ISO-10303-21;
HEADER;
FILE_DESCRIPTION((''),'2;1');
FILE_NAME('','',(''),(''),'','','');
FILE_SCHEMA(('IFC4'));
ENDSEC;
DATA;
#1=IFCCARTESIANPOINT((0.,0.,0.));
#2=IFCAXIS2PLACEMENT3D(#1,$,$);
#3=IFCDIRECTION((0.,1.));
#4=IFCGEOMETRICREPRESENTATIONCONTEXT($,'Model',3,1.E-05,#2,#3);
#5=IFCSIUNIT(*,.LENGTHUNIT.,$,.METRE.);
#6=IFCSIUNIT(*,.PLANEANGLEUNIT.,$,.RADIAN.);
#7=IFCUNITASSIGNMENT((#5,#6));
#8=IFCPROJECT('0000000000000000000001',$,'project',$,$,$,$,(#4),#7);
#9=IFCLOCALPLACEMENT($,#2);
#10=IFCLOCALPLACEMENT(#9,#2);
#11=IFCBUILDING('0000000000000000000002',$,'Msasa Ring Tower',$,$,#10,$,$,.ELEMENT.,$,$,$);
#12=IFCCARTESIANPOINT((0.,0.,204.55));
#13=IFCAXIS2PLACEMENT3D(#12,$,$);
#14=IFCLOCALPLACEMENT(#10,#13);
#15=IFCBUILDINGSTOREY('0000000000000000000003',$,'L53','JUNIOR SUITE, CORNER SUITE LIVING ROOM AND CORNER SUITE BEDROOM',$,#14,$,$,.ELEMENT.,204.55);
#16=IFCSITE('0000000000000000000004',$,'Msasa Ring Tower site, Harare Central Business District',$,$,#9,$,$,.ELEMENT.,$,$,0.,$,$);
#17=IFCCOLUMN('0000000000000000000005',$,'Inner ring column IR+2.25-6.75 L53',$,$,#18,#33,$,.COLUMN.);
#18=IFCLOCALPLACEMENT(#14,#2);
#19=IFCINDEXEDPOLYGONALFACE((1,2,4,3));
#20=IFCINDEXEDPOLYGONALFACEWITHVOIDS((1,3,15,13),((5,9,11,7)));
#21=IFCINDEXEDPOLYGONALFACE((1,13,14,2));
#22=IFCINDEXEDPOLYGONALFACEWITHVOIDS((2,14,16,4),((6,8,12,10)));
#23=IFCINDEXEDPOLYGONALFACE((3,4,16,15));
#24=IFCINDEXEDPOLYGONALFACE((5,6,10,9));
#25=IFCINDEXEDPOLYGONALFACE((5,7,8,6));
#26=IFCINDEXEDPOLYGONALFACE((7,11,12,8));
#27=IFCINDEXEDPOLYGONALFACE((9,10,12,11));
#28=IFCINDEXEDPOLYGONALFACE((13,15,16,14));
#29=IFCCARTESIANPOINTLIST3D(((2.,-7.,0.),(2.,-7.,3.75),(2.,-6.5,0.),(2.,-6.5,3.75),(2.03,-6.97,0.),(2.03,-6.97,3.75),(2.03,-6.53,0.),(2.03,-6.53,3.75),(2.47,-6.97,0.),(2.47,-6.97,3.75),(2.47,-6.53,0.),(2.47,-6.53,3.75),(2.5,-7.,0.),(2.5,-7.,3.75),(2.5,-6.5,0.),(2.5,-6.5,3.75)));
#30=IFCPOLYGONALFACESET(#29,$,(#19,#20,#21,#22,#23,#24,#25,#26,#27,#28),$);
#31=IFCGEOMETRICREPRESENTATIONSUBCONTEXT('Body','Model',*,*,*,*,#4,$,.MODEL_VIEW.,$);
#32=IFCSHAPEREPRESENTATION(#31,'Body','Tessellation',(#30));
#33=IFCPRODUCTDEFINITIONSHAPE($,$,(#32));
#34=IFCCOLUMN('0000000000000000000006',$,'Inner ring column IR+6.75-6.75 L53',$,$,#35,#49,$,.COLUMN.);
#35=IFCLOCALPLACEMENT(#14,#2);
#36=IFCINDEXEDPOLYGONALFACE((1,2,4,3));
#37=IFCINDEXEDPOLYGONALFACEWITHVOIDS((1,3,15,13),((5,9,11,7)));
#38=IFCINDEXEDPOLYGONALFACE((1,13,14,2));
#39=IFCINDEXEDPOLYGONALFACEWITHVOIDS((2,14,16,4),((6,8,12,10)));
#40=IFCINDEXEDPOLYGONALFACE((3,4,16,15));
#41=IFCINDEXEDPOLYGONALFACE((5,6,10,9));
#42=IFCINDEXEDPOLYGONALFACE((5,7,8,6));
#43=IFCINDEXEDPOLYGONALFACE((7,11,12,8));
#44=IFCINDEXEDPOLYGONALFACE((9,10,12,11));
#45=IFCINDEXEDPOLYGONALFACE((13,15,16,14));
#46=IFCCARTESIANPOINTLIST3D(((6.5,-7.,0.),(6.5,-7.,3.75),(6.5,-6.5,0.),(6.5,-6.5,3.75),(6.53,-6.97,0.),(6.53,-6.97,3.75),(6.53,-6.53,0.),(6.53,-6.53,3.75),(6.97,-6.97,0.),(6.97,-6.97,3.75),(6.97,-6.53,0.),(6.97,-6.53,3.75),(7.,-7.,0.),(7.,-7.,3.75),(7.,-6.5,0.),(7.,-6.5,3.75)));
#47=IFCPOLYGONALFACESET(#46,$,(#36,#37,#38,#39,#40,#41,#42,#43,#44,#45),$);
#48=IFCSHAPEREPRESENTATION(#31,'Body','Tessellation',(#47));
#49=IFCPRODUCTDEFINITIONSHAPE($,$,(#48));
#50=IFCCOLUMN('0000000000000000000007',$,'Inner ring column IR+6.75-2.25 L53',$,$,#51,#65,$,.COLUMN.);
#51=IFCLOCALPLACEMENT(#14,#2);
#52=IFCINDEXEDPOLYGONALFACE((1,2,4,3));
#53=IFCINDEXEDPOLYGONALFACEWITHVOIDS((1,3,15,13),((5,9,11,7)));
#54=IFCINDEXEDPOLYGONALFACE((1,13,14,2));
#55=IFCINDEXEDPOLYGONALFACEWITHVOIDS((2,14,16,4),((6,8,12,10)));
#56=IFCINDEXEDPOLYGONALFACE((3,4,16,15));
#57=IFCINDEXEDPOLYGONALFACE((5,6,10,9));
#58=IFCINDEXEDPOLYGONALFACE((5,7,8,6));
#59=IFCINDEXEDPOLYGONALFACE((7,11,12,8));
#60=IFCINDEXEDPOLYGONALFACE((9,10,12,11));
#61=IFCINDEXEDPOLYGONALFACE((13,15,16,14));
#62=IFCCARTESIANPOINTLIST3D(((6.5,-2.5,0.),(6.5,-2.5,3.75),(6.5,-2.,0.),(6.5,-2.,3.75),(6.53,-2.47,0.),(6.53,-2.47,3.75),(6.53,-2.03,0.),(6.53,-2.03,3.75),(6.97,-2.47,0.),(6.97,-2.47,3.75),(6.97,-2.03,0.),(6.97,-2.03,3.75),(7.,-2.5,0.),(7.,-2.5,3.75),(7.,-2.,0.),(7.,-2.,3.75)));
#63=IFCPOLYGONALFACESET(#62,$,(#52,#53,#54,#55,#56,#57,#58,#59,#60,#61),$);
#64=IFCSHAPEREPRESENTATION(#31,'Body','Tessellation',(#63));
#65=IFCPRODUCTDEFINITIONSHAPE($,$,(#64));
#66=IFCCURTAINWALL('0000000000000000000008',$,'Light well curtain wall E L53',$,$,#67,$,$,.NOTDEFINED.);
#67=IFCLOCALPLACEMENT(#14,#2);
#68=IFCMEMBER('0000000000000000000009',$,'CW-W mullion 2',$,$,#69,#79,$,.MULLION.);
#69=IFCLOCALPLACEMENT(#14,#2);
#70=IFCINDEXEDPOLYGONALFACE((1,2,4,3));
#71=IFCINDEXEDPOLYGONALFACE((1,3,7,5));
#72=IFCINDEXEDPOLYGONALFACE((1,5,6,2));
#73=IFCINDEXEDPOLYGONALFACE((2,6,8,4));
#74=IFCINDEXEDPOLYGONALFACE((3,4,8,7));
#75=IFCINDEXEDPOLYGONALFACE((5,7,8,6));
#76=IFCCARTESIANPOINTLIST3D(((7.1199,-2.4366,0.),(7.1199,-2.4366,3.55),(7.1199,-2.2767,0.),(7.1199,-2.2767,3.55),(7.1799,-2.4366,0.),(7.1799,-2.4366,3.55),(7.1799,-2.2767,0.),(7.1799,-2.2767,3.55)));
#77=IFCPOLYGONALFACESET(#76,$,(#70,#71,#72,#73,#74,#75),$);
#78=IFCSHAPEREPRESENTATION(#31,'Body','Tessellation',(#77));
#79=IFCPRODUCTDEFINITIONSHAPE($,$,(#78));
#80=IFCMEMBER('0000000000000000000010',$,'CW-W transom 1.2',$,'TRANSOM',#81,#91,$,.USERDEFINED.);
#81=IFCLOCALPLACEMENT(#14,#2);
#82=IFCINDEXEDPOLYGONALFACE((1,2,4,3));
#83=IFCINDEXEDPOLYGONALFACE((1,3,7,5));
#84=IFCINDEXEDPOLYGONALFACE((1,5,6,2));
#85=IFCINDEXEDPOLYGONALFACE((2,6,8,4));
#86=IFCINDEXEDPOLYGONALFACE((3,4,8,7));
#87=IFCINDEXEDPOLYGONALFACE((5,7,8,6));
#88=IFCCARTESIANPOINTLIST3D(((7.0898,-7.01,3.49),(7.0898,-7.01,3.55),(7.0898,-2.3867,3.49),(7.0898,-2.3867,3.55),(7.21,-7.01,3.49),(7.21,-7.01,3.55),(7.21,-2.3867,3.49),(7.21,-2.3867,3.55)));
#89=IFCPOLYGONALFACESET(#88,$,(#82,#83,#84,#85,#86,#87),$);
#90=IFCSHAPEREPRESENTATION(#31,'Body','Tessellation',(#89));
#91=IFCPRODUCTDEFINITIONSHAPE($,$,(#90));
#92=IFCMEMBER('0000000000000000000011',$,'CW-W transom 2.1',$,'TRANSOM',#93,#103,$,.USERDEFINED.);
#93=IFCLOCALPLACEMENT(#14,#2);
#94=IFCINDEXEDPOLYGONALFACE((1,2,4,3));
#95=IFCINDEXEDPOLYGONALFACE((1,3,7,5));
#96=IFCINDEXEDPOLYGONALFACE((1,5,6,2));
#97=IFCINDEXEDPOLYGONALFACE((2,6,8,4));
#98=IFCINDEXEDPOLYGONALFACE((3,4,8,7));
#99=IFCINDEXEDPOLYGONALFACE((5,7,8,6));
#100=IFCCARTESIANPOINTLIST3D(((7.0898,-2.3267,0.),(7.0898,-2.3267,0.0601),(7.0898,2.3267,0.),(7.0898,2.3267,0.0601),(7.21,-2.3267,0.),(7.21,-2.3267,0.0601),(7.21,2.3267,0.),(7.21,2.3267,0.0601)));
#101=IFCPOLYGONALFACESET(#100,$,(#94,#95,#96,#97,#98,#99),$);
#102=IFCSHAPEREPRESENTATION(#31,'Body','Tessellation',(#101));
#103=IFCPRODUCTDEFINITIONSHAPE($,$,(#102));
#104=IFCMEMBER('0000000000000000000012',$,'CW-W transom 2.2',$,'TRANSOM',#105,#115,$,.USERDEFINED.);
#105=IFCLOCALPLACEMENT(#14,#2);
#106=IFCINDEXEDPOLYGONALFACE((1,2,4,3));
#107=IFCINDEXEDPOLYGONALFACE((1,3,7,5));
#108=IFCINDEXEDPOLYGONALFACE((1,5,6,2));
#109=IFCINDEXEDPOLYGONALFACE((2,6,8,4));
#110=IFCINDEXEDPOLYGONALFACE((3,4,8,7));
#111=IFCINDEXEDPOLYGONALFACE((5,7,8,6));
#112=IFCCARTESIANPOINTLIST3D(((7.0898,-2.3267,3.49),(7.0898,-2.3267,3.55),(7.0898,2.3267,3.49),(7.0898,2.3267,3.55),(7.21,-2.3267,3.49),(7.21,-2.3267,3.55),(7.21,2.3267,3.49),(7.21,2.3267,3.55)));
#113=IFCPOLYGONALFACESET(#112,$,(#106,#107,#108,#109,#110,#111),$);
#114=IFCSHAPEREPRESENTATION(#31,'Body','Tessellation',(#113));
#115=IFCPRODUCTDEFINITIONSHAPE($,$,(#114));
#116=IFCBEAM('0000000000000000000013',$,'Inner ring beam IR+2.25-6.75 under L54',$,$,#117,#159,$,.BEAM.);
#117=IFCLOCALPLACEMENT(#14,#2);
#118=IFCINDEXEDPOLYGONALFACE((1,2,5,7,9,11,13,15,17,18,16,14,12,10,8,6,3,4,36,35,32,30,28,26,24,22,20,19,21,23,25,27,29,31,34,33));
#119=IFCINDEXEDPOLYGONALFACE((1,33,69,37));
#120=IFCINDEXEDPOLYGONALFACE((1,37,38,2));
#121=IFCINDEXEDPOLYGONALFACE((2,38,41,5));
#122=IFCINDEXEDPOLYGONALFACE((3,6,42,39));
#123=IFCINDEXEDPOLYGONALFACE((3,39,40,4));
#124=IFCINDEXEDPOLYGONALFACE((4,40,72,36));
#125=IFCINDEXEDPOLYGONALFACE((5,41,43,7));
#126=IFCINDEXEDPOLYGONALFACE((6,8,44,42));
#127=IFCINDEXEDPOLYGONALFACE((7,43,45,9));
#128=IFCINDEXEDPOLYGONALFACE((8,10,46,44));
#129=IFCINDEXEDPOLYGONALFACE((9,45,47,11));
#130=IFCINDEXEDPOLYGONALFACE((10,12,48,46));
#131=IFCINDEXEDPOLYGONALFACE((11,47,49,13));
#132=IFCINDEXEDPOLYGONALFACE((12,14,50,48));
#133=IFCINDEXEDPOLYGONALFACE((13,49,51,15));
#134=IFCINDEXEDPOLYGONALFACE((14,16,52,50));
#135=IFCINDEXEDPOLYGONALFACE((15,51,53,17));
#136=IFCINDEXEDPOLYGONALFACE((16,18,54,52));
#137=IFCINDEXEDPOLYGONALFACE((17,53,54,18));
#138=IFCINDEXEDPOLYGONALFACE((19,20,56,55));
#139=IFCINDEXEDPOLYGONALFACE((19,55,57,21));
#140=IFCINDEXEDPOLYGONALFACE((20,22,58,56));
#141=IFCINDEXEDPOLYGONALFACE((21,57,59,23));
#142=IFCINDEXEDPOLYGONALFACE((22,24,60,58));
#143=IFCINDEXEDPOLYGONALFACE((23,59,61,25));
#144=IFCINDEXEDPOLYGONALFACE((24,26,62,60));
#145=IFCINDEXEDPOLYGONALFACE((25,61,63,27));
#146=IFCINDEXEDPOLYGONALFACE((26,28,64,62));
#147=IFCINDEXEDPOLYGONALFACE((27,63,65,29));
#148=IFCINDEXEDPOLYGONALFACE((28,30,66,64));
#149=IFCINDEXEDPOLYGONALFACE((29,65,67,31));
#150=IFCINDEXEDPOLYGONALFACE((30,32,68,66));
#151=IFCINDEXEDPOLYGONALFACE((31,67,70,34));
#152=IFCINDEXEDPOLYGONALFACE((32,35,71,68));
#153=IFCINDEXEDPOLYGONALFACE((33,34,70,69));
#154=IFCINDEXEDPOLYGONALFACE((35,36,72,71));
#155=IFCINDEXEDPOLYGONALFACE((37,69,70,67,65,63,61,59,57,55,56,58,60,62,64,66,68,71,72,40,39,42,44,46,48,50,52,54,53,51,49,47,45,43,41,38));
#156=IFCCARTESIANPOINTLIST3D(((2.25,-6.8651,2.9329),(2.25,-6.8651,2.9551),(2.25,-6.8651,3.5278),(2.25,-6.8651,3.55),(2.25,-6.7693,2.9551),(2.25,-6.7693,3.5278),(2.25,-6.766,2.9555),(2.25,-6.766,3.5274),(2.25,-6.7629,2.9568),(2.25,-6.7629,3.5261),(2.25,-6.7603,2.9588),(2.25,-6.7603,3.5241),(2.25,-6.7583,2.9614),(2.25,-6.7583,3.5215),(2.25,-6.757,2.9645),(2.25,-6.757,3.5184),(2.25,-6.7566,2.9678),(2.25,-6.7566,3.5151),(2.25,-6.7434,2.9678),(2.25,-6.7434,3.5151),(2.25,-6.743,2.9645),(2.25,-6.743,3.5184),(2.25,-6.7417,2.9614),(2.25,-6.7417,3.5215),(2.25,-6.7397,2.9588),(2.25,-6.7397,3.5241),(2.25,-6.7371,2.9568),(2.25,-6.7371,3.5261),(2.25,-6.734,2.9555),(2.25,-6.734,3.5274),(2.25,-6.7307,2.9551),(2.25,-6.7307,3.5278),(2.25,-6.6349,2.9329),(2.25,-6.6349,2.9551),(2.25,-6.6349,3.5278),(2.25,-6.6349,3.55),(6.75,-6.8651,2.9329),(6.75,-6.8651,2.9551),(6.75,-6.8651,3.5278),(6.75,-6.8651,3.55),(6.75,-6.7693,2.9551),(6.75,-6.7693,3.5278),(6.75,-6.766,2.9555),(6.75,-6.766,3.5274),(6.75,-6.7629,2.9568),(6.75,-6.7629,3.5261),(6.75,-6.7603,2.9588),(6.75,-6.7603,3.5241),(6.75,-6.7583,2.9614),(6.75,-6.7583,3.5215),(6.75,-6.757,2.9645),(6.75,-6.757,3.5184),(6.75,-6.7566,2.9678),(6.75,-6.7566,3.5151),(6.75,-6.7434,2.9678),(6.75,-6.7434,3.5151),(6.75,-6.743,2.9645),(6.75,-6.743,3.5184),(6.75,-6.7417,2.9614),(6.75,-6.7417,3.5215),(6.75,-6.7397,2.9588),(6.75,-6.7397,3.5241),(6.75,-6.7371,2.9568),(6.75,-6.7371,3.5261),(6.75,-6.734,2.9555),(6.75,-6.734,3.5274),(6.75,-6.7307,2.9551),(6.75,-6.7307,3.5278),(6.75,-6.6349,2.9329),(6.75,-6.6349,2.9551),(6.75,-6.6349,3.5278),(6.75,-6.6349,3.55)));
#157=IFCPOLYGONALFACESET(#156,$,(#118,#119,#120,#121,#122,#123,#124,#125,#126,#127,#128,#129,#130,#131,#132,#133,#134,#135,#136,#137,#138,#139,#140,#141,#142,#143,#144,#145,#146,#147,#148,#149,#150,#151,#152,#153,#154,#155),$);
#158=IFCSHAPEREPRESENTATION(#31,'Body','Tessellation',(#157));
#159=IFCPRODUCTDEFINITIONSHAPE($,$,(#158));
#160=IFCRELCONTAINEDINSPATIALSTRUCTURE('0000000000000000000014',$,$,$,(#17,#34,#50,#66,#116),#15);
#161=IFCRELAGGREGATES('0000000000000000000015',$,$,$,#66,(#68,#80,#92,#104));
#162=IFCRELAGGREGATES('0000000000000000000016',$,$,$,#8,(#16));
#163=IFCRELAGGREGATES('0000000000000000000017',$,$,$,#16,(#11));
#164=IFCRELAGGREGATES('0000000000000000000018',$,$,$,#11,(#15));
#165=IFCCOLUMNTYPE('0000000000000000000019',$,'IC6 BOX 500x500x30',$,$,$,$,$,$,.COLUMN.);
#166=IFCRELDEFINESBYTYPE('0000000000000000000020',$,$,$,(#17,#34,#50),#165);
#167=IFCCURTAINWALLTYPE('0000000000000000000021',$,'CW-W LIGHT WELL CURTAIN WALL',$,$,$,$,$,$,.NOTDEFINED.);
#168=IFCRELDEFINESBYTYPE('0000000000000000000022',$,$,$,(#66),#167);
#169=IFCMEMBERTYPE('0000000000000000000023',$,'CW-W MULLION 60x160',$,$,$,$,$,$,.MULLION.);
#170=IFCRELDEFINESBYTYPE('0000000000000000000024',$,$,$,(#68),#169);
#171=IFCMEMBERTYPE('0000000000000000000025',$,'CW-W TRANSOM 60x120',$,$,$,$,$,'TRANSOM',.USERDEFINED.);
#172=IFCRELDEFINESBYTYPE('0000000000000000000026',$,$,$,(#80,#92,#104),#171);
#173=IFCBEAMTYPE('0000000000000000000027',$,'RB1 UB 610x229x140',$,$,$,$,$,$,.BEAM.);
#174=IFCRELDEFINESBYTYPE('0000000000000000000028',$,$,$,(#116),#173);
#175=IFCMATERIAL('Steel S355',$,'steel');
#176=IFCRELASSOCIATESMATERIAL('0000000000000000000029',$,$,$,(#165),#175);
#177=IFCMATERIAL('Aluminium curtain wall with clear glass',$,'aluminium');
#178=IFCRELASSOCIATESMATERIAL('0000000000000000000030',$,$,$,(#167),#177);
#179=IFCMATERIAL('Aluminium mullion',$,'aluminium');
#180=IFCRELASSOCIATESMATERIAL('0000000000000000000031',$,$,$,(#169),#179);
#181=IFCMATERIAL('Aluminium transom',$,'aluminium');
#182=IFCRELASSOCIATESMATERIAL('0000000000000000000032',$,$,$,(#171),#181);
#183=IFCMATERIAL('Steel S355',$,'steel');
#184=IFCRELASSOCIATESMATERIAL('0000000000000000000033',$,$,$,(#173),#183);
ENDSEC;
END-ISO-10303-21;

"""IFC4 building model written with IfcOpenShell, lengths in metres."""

from ifc_helpers import new_model, si_unit, direction, frame, origin, origin_2d, place, context, subcontext, project, spatial, rectangle, hollow_rectangle, i_section, extrude, material, material_profile, profile_set, type_object, element, aggregate, save


model = new_model("IFC4")

# Units and contexts
model_context = context("Model", 3, precision=1e-05, world=origin(), true_north=direction((0.0, 1.0)))
body_context = subcontext(model_context, "Body", "Model", "MODEL_VIEW")
ifc_project = project(units=[si_unit("LENGTHUNIT", "METRE"), si_unit("PLANEANGLEUNIT", "RADIAN")], contexts=[model_context])

# Site, building, storey
site_placement = place(None, origin())
site = spatial("IfcSite", under=ifc_project, at=site_placement, Name="Msasa Ring Tower site, Harare Central Business District", CompositionType="ELEMENT", RefElevation=0.0)
building_placement = place(site_placement, origin())
building = spatial("IfcBuilding", under=site, at=building_placement, Name="Msasa Ring Tower", CompositionType="ELEMENT")
storey_placement = place(building_placement, frame((0.0, 0.0, 204.55)))
storey = spatial("IfcBuildingStorey", under=building, at=storey_placement, Name="L53", Description="JUNIOR SUITE, CORNER SUITE LIVING ROOM AND CORNER SUITE BEDROOM", CompositionType="ELEMENT", Elevation=204.55)

# Columns
ifc_material_1 = material(Name="Steel S355", Category="steel")
ifc_material_profile_1 = material_profile(ifc_material_1, hollow_rectangle(XDim=0.5, YDim=0.5, WallThickness=0.03, at=origin_2d()), Name="BOX 500x500x30")
ifc_profile_set_1 = profile_set([ifc_material_profile_1], Name="Steel S355")
column_type = type_object("IfcColumnType", Name="IC6 BOX 500x500x30", PredefinedType="COLUMN", material=ifc_profile_set_1)
for number, where, z_axis, x_axis, name in (
    (1, (2.25, -6.75, 0.0), (0.0, 0.0, 1.0), (1.0, 0.0, 0.0), "Inner ring column IR+2.25-6.75 L53"),
    (2, (6.75, -6.75, 0.0), (0.0, 0.0, 1.0), (1.0, 0.0, 0.0), "Inner ring column IR+6.75-6.75 L53"),
    (3, (6.75, -2.25, 0.0), (0.0, 0.0, 1.0), (1.0, 0.0, 0.0), "Inner ring column IR+6.75-2.25 L53"),
):
    element("IfcColumn", number, at=place(storey_placement, frame(where, z_axis=z_axis, x_axis=x_axis)), inside=storey, type_object=column_type, Name=name, PredefinedType="COLUMN", context=body_context, shape_type="SweptSolid", body=[
        extrude(hollow_rectangle(XDim=0.5, YDim=0.5, WallThickness=0.03, at=origin_2d()), origin(), (0.0, 0.0, 1.0), 3.75),
    ])

# Curtain wall, members
ifc_material_2 = material(Name="Aluminium curtain wall with clear glass", Category="aluminium")
curtain_wall_type = type_object("IfcCurtainWallType", Name="CW-W LIGHT WELL CURTAIN WALL", PredefinedType="NOTDEFINED", material=ifc_material_2)
curtain_wall_placement = place(storey_placement, origin())
curtain_wall = element("IfcCurtainWall", 4, at=curtain_wall_placement, inside=storey, type_object=curtain_wall_type, Name="Light well curtain wall E L53", PredefinedType="NOTDEFINED")
ifc_material_3 = material(Name="Aluminium mullion", Category="aluminium")
ifc_material_profile_2 = material_profile(ifc_material_3, rectangle(XDim=0.0601, YDim=0.1599, at=origin_2d()), Name="AL 60x160")
ifc_profile_set_2 = profile_set([ifc_material_profile_2], Name="Aluminium mullion")
member_type_1 = type_object("IfcMemberType", Name="CW-W MULLION 60x160", PredefinedType="MULLION", material=ifc_profile_set_2)
member_1_placement = place(storey_placement, frame((7.1499, -2.3567, 0.0), z_axis=(0.0, 0.0, 1.0), x_axis=(-1.0, 0.0, 0.0)))
member_1 = element("IfcMember", 5, at=member_1_placement, type_object=member_type_1, Name="CW-W mullion 2", PredefinedType="MULLION", context=body_context, shape_type="SweptSolid", body=[
    extrude(rectangle(XDim=0.0601, YDim=0.1599, at=origin_2d()), origin(), (0.0, 0.0, 1.0), 3.55),
])
ifc_material_4 = material(Name="Aluminium transom", Category="aluminium")
ifc_material_profile_3 = material_profile(ifc_material_4, rectangle(XDim=0.1201, YDim=0.0601, at=origin_2d()), Name="AL 60x120")
ifc_profile_set_3 = profile_set([ifc_material_profile_3], Name="Aluminium transom")
member_type_2 = type_object("IfcMemberType", Name="CW-W TRANSOM 60x120", ElementType="TRANSOM", PredefinedType="USERDEFINED", material=ifc_profile_set_3)
member_2_placement = place(storey_placement, frame((7.1499, -7.01, 3.52), z_axis=(0.0, 1.0, 0.0), x_axis=(-1.0, 0.0, 0.0)))
member_2 = element("IfcMember", 6, at=member_2_placement, type_object=member_type_2, Name="CW-W transom 1.2", ObjectType="TRANSOM", PredefinedType="USERDEFINED", context=body_context, shape_type="SweptSolid", body=[
    extrude(rectangle(XDim=0.1201, YDim=0.0601, at=origin_2d()), origin(), (0.0, 0.0, 1.0), 4.6233),
])
member_3_placement = place(storey_placement, frame((7.1499, -2.3267, 0.03), z_axis=(0.0, 1.0, 0.0), x_axis=(-1.0, 0.0, 0.0)))
member_3 = element("IfcMember", 7, at=member_3_placement, type_object=member_type_2, Name="CW-W transom 2.1", ObjectType="TRANSOM", PredefinedType="USERDEFINED", context=body_context, shape_type="SweptSolid", body=[
    extrude(rectangle(XDim=0.1201, YDim=0.0601, at=origin_2d()), origin(), (0.0, 0.0, 1.0), 4.6533),
])
member_4_placement = place(storey_placement, frame((7.1499, -2.3267, 3.52), z_axis=(0.0, 1.0, 0.0), x_axis=(-1.0, 0.0, 0.0)))
member_4 = element("IfcMember", 8, at=member_4_placement, type_object=member_type_2, Name="CW-W transom 2.2", ObjectType="TRANSOM", PredefinedType="USERDEFINED", context=body_context, shape_type="SweptSolid", body=[
    extrude(rectangle(XDim=0.1201, YDim=0.0601, at=origin_2d()), origin(), (0.0, 0.0, 1.0), 4.6533),
])

# Beam
ifc_material_5 = material(Name="Steel S355", Category="steel")
ifc_material_profile_4 = material_profile(ifc_material_5, i_section(OverallWidth=0.2302, OverallDepth=0.6172, WebThickness=0.0132, FlangeThickness=0.0222, FilletRadius=0.0127, at=origin_2d()), Name="UB 610x229x140")
ifc_profile_set_4 = profile_set([ifc_material_profile_4], Name="Steel S355")
beam_type = type_object("IfcBeamType", Name="RB1 UB 610x229x140", PredefinedType="BEAM", material=ifc_profile_set_4)
for number, where, z_axis, x_axis, name in (
    (9, (2.25, -6.75, 3.2415), (1.0, 0.0, 0.0), (0.0, 1.0, 0.0), "Inner ring beam IR+2.25-6.75 under L54"),
):
    element("IfcBeam", number, at=place(storey_placement, frame(where, z_axis=z_axis, x_axis=x_axis)), inside=storey, type_object=beam_type, Name=name, PredefinedType="BEAM", context=body_context, shape_type="SweptSolid", body=[
        extrude(i_section(OverallWidth=0.2302, OverallDepth=0.6172, WebThickness=0.0132, FlangeThickness=0.0222, FilletRadius=0.0127, at=origin_2d()), origin(), (0.0, 0.0, 1.0), 4.5),
    ])

aggregate(curtain_wall, [member_1, member_2, member_3, member_4])

save(model, "model.ifc")
